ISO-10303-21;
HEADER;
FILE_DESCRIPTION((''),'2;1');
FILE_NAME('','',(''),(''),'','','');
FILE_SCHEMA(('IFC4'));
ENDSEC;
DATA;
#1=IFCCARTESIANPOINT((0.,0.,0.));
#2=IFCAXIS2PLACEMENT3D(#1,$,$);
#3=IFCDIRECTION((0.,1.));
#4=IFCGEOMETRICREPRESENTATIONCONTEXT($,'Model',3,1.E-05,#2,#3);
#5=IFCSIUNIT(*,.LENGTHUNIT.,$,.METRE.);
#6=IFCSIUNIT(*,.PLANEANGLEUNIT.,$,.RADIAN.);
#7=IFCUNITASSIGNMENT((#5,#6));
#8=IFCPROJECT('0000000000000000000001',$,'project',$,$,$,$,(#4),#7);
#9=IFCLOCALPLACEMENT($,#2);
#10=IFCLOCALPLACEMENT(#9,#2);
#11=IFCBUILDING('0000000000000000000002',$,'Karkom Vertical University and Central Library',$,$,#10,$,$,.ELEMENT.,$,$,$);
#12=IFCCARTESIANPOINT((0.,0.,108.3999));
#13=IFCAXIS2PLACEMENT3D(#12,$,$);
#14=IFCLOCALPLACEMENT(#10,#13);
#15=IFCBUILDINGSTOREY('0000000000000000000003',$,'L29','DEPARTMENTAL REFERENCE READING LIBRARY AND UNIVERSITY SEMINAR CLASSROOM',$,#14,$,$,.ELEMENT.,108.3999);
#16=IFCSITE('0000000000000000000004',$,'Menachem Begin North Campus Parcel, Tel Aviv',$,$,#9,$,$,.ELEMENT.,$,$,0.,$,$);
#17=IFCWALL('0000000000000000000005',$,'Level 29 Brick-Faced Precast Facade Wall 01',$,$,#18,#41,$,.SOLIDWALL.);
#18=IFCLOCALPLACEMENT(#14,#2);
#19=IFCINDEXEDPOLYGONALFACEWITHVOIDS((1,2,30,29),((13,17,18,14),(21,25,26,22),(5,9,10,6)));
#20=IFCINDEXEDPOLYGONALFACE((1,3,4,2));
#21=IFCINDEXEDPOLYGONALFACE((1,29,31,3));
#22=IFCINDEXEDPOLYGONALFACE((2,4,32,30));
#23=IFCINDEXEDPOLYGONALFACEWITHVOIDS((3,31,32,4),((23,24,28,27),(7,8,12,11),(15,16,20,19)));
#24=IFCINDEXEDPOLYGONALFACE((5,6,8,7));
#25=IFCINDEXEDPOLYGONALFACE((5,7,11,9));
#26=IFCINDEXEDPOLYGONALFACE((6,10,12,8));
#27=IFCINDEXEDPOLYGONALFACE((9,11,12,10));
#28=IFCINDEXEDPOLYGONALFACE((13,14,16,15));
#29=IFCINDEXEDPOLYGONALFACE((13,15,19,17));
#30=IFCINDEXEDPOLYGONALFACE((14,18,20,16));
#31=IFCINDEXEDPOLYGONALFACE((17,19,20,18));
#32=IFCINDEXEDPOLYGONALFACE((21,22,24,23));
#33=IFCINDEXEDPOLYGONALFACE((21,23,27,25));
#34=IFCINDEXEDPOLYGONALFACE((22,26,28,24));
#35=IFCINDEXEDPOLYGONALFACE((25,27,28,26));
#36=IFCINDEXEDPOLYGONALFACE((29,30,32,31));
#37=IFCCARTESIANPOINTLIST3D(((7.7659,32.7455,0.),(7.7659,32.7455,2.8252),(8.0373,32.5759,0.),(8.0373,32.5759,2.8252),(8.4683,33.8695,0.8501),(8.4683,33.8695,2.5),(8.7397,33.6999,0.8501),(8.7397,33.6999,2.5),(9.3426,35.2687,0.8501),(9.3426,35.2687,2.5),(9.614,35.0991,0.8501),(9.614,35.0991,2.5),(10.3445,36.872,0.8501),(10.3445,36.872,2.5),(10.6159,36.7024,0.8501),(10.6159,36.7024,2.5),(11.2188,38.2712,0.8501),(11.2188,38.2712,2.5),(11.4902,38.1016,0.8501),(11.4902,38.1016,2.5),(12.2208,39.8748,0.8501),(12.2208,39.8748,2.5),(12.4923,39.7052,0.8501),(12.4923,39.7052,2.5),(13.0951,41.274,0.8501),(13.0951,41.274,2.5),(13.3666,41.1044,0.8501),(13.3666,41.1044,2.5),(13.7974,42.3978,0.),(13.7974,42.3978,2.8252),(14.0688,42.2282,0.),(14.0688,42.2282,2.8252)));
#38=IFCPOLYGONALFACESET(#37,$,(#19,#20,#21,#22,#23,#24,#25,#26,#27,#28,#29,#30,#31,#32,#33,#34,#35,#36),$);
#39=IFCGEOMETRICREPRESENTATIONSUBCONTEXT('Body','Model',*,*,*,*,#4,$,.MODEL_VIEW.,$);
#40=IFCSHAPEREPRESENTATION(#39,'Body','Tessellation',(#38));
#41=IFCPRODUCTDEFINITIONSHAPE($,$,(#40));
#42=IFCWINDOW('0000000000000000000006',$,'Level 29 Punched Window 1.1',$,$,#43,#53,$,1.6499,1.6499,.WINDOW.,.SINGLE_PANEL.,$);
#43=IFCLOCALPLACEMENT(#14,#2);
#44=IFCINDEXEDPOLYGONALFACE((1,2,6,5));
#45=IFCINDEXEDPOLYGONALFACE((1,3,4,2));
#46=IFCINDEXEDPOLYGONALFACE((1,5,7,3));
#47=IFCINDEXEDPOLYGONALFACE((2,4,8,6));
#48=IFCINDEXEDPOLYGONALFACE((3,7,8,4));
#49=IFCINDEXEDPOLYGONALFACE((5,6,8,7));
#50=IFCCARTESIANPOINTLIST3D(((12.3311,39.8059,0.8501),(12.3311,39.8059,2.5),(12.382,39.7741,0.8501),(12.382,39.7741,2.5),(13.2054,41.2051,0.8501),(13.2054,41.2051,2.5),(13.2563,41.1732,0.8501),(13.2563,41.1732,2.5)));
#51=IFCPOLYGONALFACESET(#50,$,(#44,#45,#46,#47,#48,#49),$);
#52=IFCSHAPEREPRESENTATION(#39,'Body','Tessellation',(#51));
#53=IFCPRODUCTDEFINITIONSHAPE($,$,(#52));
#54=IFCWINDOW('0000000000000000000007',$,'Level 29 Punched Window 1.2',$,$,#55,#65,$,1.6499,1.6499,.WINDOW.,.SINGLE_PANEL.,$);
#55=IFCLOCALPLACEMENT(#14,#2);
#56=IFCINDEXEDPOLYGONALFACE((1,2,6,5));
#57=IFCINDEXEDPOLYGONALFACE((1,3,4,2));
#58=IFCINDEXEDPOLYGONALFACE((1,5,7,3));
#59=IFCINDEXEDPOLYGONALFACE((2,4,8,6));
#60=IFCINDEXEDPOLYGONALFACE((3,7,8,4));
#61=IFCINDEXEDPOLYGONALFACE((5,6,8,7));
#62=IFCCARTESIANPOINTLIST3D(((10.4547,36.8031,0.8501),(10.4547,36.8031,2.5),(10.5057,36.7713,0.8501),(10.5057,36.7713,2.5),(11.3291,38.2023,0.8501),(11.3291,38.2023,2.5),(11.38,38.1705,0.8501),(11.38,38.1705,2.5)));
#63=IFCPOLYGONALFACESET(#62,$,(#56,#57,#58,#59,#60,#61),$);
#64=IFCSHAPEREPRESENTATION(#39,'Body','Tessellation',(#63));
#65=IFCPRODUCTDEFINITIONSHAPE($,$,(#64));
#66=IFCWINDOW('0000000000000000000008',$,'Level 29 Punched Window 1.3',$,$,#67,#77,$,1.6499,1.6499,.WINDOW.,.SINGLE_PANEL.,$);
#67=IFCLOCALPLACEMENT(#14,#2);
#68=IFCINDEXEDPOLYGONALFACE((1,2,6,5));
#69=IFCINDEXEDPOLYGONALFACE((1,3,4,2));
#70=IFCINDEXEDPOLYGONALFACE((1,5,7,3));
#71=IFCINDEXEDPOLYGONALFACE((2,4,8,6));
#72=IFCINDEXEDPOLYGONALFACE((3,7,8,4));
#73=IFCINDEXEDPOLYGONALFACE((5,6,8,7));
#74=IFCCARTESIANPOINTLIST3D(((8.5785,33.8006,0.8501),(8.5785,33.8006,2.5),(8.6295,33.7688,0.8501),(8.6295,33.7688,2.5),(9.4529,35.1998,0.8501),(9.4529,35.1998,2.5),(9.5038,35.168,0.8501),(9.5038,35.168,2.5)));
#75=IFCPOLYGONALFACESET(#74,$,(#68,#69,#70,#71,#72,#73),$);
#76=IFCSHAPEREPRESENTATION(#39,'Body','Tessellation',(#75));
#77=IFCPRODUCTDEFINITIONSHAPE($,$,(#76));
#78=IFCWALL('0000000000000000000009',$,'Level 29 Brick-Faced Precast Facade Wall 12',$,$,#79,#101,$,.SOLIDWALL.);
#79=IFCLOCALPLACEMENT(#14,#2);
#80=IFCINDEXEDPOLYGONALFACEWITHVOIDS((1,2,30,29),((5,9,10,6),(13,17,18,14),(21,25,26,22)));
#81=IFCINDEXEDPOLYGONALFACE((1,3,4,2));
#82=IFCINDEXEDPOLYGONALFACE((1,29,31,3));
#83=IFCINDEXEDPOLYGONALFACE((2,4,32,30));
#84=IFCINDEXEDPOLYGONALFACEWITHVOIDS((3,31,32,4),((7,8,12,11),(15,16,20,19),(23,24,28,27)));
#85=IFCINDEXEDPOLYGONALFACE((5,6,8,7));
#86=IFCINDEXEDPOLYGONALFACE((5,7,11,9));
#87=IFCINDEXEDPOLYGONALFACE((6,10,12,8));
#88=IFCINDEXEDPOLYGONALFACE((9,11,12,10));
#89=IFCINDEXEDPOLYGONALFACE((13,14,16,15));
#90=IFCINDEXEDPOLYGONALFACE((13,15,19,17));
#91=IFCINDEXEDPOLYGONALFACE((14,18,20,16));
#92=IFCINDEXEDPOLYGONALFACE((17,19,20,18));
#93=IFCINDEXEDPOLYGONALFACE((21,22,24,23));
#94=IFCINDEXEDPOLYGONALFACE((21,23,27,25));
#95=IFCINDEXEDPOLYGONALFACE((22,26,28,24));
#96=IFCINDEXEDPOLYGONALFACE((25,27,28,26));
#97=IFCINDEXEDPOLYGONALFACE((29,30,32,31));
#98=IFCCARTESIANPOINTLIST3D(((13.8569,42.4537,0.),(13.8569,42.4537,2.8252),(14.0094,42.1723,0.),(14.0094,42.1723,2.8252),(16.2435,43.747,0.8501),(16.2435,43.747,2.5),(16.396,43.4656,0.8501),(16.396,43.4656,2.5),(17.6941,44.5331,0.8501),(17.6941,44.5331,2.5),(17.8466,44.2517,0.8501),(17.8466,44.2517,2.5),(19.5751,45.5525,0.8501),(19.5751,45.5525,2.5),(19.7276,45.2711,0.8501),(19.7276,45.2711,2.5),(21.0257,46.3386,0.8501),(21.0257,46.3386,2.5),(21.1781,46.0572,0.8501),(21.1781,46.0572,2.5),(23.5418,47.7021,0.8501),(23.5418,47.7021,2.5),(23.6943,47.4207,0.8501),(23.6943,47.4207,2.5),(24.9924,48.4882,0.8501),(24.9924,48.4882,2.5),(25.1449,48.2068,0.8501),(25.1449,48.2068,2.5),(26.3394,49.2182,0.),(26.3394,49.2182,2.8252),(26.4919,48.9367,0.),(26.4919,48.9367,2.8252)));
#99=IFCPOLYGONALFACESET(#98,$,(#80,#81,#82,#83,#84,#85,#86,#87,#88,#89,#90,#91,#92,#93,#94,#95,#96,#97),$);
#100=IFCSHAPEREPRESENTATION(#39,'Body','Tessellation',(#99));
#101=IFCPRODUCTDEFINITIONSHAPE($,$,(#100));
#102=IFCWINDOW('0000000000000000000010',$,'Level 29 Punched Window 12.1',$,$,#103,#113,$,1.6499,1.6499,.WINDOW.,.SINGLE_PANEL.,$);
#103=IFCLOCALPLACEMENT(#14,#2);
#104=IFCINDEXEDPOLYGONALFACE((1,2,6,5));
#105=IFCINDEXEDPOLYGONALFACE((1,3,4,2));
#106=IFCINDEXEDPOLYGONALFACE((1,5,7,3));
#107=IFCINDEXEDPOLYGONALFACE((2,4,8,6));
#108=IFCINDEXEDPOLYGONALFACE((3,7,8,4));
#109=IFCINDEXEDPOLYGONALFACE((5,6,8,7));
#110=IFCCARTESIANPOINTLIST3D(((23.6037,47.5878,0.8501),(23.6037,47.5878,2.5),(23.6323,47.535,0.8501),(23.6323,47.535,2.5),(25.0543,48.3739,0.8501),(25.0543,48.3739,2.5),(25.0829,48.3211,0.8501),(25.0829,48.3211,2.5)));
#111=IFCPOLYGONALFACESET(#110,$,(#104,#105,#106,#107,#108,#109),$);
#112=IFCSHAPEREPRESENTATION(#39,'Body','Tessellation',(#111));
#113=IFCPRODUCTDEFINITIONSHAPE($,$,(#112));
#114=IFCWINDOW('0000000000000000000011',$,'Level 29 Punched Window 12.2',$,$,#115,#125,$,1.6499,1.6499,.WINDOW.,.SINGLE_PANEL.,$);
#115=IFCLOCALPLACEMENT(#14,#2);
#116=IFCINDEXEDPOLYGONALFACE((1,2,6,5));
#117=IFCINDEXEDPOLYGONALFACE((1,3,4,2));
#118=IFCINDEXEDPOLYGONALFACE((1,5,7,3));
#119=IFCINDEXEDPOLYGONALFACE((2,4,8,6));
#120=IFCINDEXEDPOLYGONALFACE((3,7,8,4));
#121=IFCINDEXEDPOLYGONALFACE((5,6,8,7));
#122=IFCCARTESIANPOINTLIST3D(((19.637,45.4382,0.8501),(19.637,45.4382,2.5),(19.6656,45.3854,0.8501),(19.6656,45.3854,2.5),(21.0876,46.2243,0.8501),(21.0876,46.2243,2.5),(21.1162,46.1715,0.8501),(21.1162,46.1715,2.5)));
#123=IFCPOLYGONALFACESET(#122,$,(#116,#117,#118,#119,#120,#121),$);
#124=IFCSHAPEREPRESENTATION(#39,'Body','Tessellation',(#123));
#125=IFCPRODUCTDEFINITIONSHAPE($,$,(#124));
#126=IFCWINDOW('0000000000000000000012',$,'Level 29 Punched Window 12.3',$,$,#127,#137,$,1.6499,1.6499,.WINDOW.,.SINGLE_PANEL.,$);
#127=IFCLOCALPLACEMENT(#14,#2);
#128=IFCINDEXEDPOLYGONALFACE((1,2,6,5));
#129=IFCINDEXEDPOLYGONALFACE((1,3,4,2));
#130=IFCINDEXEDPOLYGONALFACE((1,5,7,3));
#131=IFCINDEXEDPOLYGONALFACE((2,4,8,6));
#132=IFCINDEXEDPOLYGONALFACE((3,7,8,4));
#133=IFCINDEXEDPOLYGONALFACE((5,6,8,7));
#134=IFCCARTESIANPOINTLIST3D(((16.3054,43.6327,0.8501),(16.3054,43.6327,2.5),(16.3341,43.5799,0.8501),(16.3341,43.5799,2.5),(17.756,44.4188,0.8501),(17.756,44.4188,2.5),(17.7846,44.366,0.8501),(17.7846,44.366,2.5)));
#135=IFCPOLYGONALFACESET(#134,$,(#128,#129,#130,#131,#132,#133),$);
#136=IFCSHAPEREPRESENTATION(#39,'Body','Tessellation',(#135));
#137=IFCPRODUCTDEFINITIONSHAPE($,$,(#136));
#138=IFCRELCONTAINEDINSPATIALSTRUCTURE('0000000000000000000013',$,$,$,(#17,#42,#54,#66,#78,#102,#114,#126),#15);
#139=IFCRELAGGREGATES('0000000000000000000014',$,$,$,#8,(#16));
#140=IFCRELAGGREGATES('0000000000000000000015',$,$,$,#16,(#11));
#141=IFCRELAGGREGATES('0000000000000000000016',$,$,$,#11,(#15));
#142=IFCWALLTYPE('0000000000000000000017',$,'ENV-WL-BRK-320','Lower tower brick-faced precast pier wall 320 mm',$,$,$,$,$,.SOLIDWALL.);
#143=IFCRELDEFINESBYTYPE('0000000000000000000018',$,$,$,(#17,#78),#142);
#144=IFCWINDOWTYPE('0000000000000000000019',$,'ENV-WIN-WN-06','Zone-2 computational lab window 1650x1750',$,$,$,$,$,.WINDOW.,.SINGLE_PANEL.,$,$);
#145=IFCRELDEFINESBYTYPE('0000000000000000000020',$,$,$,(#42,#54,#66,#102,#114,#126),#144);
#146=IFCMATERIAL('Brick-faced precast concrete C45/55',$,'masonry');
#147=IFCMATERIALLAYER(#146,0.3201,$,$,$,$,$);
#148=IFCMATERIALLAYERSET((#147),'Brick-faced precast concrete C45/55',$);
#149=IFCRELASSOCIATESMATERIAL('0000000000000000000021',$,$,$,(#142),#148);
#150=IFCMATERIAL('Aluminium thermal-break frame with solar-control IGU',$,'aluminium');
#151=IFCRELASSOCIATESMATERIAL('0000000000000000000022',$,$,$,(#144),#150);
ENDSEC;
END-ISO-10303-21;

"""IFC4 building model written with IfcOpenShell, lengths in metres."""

from ifc_helpers import new_model, si_unit, direction, frame, frame_2d, origin, origin_with_axes, place, context, subcontext, project, spatial, rectangle, extrude, source, transform, mapped, material, layer, layer_set, type_object, element, fill, save


model = new_model("IFC4")

# Units and contexts
model_context = context("Model", 3, precision=1e-05, world=origin(), true_north=direction((0.0, 1.0)))
body_context = subcontext(model_context, "Body", "Model", "MODEL_VIEW")
ifc_project = project(units=[si_unit("LENGTHUNIT", "METRE"), si_unit("PLANEANGLEUNIT", "RADIAN")], contexts=[model_context])

# Site, building, storey
site_placement = place(None, origin())
site = spatial("IfcSite", under=ifc_project, at=site_placement, Name="Menachem Begin North Campus Parcel, Tel Aviv", CompositionType="ELEMENT", RefElevation=0.0)
building_placement = place(site_placement, origin())
building = spatial("IfcBuilding", under=site, at=building_placement, Name="Karkom Vertical University and Central Library", CompositionType="ELEMENT")
storey_placement = place(building_placement, frame((0.0, 0.0, 108.3999)))
storey = spatial("IfcBuildingStorey", under=building, at=storey_placement, Name="L29", Description="DEPARTMENTAL REFERENCE READING LIBRARY AND UNIVERSITY SEMINAR CLASSROOM", CompositionType="ELEMENT", Elevation=108.3999)

# Walls, openings, windows
ifc_material_1 = material(Name="Brick-faced precast concrete C45/55", Category="masonry")
ifc_layer_1 = layer(ifc_material_1, 0.3201)
ifc_layer_set_1 = layer_set([ifc_layer_1], Name="Brick-faced precast concrete C45/55")
wall_type_1 = type_object("IfcWallType", Name="ENV-WL-BRK-320", Description="Lower tower brick-faced precast pier wall 320 mm", PredefinedType="SOLIDWALL", material=ifc_layer_set_1)
wall_1_placement = place(storey_placement, frame((13.9331, 42.313, 0.0), z_axis=(0.0, 0.0, 1.0), x_axis=(-0.529922, -0.848047, 0.0)))
wall_1 = element("IfcWall", 1, at=wall_1_placement, inside=storey, type_object=wall_type_1, Name="Level 29 Brick-Faced Precast Facade Wall 01", PredefinedType="SOLIDWALL", context=body_context, shape_type="SweptSolid", body=[
    extrude(rectangle(XDim=11.3818, YDim=0.3201, at=frame_2d((5.6909, 0.0))), origin(), (0.0, 0.0, 1.0), 2.8252),
])
opening_1_placement = place(wall_1_placement, frame((1.3252, 0.0, 0.8501)))
opening_1 = element("IfcOpeningElement", 2, at=opening_1_placement, cuts=wall_1, PredefinedType="OPENING", context=body_context, shape_type="SweptSolid", body=[
    extrude(rectangle(XDim=1.6499, YDim=1.6499, at=frame_2d((0.825, 0.825))), frame((0.0, 0.1699, 0.0), z_axis=(0.0, -1.0, 0.0), x_axis=(1.0, 0.0, 0.0)), (0.0, 0.0, 1.0), 0.3401),
])
opening_2_placement = place(wall_1_placement, frame((4.866, 0.0, 0.8501)))
opening_2 = element("IfcOpeningElement", 3, at=opening_2_placement, cuts=wall_1, PredefinedType="OPENING", context=body_context, shape_type="SweptSolid", body=[
    extrude(rectangle(XDim=1.6499, YDim=1.6499, at=frame_2d((0.825, 0.825))), frame((0.0, 0.1699, 0.0), z_axis=(0.0, -1.0, 0.0), x_axis=(1.0, 0.0, 0.0)), (0.0, 0.0, 1.0), 0.3401),
])
opening_3_placement = place(wall_1_placement, frame((8.4065, 0.0, 0.8501)))
opening_3 = element("IfcOpeningElement", 4, at=opening_3_placement, cuts=wall_1, PredefinedType="OPENING", context=body_context, shape_type="SweptSolid", body=[
    extrude(rectangle(XDim=1.6499, YDim=1.6499, at=frame_2d((0.825, 0.825))), frame((0.0, 0.1699, 0.0), z_axis=(0.0, -1.0, 0.0), x_axis=(1.0, 0.0, 0.0)), (0.0, 0.0, 1.0), 0.3401),
])
ifc_material_2 = material(Name="Aluminium thermal-break frame with solar-control IGU", Category="aluminium")
window_type = type_object("IfcWindowType", Name="ENV-WIN-WN-06", Description="Zone-2 computational lab window 1650x1750", PartitioningType="SINGLE_PANEL", PredefinedType="WINDOW", material=ifc_material_2)
shared_shape_1 = source(origin_with_axes(), body_context, "Body", "SweptSolid", [
    extrude(rectangle(XDim=1.6499, YDim=1.6499, at=frame_2d((0.825, 0.825))), frame((0.0, 0.03, 0.0), z_axis=(0.0, -1.0, 0.0), x_axis=(1.0, 0.0, 0.0)), (0.0, 0.0, 1.0), 0.0601),
])
window_1_placement = place(opening_1_placement, origin())
window_1 = element("IfcWindow", 5, at=window_1_placement, inside=storey, type_object=window_type, Name="Level 29 Punched Window 1.1", OverallHeight=1.6499, OverallWidth=1.6499, PartitioningType="SINGLE_PANEL", PredefinedType="WINDOW", context=body_context, shape_type="MappedRepresentation", body=[
    mapped(shared_shape_1, transform((0.0, 0.0, 0.0), scale=1.0)),
])
fill(opening_1, window_1)
window_2_placement = place(opening_2_placement, origin())
window_2 = element("IfcWindow", 6, at=window_2_placement, inside=storey, type_object=window_type, Name="Level 29 Punched Window 1.2", OverallHeight=1.6499, OverallWidth=1.6499, PartitioningType="SINGLE_PANEL", PredefinedType="WINDOW", context=body_context, shape_type="MappedRepresentation", body=[
    mapped(shared_shape_1, transform((0.0, 0.0, 0.0), scale=1.0)),
])
fill(opening_2, window_2)
window_3_placement = place(opening_3_placement, origin())
window_3 = element("IfcWindow", 7, at=window_3_placement, inside=storey, type_object=window_type, Name="Level 29 Punched Window 1.3", OverallHeight=1.6499, OverallWidth=1.6499, PartitioningType="SINGLE_PANEL", PredefinedType="WINDOW", context=body_context, shape_type="MappedRepresentation", body=[
    mapped(shared_shape_1, transform((0.0, 0.0, 0.0), scale=1.0)),
])
fill(opening_3, window_3)
wall_2_placement = place(storey_placement, frame((26.4155, 49.0774, 0.0), z_axis=(0.0, 0.0, 1.0), x_axis=(-0.879201, -0.476452, 0.0)))
wall_2 = element("IfcWall", 8, at=wall_2_placement, inside=storey, type_object=wall_type_1, Name="Level 29 Brick-Faced Precast Facade Wall 12", PredefinedType="SOLIDWALL", context=body_context, shape_type="SweptSolid", body=[
    extrude(rectangle(XDim=14.1975, YDim=0.3201, at=frame_2d((7.0986, 0.0))), origin(), (0.0, 0.0, 1.0), 2.8252),
])
opening_4_placement = place(wall_2_placement, frame((1.532, 0.0, 0.8501)))
opening_4 = element("IfcOpeningElement", 9, at=opening_4_placement, cuts=wall_2, PredefinedType="OPENING", context=body_context, shape_type="SweptSolid", body=[
    extrude(rectangle(XDim=1.6499, YDim=1.6499, at=frame_2d((0.825, 0.825))), frame((0.0, 0.1699, 0.0), z_axis=(0.0, -1.0, 0.0), x_axis=(1.0, 0.0, 0.0)), (0.0, 0.0, 1.0), 0.3401),
])
opening_5_placement = place(wall_2_placement, frame((6.0437, 0.0, 0.8501)))
opening_5 = element("IfcOpeningElement", 10, at=opening_5_placement, cuts=wall_2, PredefinedType="OPENING", context=body_context, shape_type="SweptSolid", body=[
    extrude(rectangle(XDim=1.6499, YDim=1.6499, at=frame_2d((0.825, 0.825))), frame((0.0, 0.1699, 0.0), z_axis=(0.0, -1.0, 0.0), x_axis=(1.0, 0.0, 0.0)), (0.0, 0.0, 1.0), 0.3401),
])
opening_6_placement = place(wall_2_placement, frame((9.833, 0.0, 0.8501)))
opening_6 = element("IfcOpeningElement", 11, at=opening_6_placement, cuts=wall_2, PredefinedType="OPENING", context=body_context, shape_type="SweptSolid", body=[
    extrude(rectangle(XDim=1.6499, YDim=1.6499, at=frame_2d((0.825, 0.825))), frame((0.0, 0.1699, 0.0), z_axis=(0.0, -1.0, 0.0), x_axis=(1.0, 0.0, 0.0)), (0.0, 0.0, 1.0), 0.3401),
])
window_4_placement = place(opening_4_placement, origin())
window_4 = element("IfcWindow", 12, at=window_4_placement, inside=storey, type_object=window_type, Name="Level 29 Punched Window 12.1", OverallHeight=1.6499, OverallWidth=1.6499, PartitioningType="SINGLE_PANEL", PredefinedType="WINDOW", context=body_context, shape_type="MappedRepresentation", body=[
    mapped(shared_shape_1, transform((0.0, 0.0, 0.0), scale=1.0)),
])
fill(opening_4, window_4)
window_5_placement = place(opening_5_placement, origin())
window_5 = element("IfcWindow", 13, at=window_5_placement, inside=storey, type_object=window_type, Name="Level 29 Punched Window 12.2", OverallHeight=1.6499, OverallWidth=1.6499, PartitioningType="SINGLE_PANEL", PredefinedType="WINDOW", context=body_context, shape_type="MappedRepresentation", body=[
    mapped(shared_shape_1, transform((0.0, 0.0, 0.0), scale=1.0)),
])
fill(opening_5, window_5)
window_6_placement = place(opening_6_placement, origin())
window_6 = element("IfcWindow", 14, at=window_6_placement, inside=storey, type_object=window_type, Name="Level 29 Punched Window 12.3", OverallHeight=1.6499, OverallWidth=1.6499, PartitioningType="SINGLE_PANEL", PredefinedType="WINDOW", context=body_context, shape_type="MappedRepresentation", body=[
    mapped(shared_shape_1, transform((0.0, 0.0, 0.0), scale=1.0)),
])
fill(opening_6, window_6)

save(model, "model.ifc")
